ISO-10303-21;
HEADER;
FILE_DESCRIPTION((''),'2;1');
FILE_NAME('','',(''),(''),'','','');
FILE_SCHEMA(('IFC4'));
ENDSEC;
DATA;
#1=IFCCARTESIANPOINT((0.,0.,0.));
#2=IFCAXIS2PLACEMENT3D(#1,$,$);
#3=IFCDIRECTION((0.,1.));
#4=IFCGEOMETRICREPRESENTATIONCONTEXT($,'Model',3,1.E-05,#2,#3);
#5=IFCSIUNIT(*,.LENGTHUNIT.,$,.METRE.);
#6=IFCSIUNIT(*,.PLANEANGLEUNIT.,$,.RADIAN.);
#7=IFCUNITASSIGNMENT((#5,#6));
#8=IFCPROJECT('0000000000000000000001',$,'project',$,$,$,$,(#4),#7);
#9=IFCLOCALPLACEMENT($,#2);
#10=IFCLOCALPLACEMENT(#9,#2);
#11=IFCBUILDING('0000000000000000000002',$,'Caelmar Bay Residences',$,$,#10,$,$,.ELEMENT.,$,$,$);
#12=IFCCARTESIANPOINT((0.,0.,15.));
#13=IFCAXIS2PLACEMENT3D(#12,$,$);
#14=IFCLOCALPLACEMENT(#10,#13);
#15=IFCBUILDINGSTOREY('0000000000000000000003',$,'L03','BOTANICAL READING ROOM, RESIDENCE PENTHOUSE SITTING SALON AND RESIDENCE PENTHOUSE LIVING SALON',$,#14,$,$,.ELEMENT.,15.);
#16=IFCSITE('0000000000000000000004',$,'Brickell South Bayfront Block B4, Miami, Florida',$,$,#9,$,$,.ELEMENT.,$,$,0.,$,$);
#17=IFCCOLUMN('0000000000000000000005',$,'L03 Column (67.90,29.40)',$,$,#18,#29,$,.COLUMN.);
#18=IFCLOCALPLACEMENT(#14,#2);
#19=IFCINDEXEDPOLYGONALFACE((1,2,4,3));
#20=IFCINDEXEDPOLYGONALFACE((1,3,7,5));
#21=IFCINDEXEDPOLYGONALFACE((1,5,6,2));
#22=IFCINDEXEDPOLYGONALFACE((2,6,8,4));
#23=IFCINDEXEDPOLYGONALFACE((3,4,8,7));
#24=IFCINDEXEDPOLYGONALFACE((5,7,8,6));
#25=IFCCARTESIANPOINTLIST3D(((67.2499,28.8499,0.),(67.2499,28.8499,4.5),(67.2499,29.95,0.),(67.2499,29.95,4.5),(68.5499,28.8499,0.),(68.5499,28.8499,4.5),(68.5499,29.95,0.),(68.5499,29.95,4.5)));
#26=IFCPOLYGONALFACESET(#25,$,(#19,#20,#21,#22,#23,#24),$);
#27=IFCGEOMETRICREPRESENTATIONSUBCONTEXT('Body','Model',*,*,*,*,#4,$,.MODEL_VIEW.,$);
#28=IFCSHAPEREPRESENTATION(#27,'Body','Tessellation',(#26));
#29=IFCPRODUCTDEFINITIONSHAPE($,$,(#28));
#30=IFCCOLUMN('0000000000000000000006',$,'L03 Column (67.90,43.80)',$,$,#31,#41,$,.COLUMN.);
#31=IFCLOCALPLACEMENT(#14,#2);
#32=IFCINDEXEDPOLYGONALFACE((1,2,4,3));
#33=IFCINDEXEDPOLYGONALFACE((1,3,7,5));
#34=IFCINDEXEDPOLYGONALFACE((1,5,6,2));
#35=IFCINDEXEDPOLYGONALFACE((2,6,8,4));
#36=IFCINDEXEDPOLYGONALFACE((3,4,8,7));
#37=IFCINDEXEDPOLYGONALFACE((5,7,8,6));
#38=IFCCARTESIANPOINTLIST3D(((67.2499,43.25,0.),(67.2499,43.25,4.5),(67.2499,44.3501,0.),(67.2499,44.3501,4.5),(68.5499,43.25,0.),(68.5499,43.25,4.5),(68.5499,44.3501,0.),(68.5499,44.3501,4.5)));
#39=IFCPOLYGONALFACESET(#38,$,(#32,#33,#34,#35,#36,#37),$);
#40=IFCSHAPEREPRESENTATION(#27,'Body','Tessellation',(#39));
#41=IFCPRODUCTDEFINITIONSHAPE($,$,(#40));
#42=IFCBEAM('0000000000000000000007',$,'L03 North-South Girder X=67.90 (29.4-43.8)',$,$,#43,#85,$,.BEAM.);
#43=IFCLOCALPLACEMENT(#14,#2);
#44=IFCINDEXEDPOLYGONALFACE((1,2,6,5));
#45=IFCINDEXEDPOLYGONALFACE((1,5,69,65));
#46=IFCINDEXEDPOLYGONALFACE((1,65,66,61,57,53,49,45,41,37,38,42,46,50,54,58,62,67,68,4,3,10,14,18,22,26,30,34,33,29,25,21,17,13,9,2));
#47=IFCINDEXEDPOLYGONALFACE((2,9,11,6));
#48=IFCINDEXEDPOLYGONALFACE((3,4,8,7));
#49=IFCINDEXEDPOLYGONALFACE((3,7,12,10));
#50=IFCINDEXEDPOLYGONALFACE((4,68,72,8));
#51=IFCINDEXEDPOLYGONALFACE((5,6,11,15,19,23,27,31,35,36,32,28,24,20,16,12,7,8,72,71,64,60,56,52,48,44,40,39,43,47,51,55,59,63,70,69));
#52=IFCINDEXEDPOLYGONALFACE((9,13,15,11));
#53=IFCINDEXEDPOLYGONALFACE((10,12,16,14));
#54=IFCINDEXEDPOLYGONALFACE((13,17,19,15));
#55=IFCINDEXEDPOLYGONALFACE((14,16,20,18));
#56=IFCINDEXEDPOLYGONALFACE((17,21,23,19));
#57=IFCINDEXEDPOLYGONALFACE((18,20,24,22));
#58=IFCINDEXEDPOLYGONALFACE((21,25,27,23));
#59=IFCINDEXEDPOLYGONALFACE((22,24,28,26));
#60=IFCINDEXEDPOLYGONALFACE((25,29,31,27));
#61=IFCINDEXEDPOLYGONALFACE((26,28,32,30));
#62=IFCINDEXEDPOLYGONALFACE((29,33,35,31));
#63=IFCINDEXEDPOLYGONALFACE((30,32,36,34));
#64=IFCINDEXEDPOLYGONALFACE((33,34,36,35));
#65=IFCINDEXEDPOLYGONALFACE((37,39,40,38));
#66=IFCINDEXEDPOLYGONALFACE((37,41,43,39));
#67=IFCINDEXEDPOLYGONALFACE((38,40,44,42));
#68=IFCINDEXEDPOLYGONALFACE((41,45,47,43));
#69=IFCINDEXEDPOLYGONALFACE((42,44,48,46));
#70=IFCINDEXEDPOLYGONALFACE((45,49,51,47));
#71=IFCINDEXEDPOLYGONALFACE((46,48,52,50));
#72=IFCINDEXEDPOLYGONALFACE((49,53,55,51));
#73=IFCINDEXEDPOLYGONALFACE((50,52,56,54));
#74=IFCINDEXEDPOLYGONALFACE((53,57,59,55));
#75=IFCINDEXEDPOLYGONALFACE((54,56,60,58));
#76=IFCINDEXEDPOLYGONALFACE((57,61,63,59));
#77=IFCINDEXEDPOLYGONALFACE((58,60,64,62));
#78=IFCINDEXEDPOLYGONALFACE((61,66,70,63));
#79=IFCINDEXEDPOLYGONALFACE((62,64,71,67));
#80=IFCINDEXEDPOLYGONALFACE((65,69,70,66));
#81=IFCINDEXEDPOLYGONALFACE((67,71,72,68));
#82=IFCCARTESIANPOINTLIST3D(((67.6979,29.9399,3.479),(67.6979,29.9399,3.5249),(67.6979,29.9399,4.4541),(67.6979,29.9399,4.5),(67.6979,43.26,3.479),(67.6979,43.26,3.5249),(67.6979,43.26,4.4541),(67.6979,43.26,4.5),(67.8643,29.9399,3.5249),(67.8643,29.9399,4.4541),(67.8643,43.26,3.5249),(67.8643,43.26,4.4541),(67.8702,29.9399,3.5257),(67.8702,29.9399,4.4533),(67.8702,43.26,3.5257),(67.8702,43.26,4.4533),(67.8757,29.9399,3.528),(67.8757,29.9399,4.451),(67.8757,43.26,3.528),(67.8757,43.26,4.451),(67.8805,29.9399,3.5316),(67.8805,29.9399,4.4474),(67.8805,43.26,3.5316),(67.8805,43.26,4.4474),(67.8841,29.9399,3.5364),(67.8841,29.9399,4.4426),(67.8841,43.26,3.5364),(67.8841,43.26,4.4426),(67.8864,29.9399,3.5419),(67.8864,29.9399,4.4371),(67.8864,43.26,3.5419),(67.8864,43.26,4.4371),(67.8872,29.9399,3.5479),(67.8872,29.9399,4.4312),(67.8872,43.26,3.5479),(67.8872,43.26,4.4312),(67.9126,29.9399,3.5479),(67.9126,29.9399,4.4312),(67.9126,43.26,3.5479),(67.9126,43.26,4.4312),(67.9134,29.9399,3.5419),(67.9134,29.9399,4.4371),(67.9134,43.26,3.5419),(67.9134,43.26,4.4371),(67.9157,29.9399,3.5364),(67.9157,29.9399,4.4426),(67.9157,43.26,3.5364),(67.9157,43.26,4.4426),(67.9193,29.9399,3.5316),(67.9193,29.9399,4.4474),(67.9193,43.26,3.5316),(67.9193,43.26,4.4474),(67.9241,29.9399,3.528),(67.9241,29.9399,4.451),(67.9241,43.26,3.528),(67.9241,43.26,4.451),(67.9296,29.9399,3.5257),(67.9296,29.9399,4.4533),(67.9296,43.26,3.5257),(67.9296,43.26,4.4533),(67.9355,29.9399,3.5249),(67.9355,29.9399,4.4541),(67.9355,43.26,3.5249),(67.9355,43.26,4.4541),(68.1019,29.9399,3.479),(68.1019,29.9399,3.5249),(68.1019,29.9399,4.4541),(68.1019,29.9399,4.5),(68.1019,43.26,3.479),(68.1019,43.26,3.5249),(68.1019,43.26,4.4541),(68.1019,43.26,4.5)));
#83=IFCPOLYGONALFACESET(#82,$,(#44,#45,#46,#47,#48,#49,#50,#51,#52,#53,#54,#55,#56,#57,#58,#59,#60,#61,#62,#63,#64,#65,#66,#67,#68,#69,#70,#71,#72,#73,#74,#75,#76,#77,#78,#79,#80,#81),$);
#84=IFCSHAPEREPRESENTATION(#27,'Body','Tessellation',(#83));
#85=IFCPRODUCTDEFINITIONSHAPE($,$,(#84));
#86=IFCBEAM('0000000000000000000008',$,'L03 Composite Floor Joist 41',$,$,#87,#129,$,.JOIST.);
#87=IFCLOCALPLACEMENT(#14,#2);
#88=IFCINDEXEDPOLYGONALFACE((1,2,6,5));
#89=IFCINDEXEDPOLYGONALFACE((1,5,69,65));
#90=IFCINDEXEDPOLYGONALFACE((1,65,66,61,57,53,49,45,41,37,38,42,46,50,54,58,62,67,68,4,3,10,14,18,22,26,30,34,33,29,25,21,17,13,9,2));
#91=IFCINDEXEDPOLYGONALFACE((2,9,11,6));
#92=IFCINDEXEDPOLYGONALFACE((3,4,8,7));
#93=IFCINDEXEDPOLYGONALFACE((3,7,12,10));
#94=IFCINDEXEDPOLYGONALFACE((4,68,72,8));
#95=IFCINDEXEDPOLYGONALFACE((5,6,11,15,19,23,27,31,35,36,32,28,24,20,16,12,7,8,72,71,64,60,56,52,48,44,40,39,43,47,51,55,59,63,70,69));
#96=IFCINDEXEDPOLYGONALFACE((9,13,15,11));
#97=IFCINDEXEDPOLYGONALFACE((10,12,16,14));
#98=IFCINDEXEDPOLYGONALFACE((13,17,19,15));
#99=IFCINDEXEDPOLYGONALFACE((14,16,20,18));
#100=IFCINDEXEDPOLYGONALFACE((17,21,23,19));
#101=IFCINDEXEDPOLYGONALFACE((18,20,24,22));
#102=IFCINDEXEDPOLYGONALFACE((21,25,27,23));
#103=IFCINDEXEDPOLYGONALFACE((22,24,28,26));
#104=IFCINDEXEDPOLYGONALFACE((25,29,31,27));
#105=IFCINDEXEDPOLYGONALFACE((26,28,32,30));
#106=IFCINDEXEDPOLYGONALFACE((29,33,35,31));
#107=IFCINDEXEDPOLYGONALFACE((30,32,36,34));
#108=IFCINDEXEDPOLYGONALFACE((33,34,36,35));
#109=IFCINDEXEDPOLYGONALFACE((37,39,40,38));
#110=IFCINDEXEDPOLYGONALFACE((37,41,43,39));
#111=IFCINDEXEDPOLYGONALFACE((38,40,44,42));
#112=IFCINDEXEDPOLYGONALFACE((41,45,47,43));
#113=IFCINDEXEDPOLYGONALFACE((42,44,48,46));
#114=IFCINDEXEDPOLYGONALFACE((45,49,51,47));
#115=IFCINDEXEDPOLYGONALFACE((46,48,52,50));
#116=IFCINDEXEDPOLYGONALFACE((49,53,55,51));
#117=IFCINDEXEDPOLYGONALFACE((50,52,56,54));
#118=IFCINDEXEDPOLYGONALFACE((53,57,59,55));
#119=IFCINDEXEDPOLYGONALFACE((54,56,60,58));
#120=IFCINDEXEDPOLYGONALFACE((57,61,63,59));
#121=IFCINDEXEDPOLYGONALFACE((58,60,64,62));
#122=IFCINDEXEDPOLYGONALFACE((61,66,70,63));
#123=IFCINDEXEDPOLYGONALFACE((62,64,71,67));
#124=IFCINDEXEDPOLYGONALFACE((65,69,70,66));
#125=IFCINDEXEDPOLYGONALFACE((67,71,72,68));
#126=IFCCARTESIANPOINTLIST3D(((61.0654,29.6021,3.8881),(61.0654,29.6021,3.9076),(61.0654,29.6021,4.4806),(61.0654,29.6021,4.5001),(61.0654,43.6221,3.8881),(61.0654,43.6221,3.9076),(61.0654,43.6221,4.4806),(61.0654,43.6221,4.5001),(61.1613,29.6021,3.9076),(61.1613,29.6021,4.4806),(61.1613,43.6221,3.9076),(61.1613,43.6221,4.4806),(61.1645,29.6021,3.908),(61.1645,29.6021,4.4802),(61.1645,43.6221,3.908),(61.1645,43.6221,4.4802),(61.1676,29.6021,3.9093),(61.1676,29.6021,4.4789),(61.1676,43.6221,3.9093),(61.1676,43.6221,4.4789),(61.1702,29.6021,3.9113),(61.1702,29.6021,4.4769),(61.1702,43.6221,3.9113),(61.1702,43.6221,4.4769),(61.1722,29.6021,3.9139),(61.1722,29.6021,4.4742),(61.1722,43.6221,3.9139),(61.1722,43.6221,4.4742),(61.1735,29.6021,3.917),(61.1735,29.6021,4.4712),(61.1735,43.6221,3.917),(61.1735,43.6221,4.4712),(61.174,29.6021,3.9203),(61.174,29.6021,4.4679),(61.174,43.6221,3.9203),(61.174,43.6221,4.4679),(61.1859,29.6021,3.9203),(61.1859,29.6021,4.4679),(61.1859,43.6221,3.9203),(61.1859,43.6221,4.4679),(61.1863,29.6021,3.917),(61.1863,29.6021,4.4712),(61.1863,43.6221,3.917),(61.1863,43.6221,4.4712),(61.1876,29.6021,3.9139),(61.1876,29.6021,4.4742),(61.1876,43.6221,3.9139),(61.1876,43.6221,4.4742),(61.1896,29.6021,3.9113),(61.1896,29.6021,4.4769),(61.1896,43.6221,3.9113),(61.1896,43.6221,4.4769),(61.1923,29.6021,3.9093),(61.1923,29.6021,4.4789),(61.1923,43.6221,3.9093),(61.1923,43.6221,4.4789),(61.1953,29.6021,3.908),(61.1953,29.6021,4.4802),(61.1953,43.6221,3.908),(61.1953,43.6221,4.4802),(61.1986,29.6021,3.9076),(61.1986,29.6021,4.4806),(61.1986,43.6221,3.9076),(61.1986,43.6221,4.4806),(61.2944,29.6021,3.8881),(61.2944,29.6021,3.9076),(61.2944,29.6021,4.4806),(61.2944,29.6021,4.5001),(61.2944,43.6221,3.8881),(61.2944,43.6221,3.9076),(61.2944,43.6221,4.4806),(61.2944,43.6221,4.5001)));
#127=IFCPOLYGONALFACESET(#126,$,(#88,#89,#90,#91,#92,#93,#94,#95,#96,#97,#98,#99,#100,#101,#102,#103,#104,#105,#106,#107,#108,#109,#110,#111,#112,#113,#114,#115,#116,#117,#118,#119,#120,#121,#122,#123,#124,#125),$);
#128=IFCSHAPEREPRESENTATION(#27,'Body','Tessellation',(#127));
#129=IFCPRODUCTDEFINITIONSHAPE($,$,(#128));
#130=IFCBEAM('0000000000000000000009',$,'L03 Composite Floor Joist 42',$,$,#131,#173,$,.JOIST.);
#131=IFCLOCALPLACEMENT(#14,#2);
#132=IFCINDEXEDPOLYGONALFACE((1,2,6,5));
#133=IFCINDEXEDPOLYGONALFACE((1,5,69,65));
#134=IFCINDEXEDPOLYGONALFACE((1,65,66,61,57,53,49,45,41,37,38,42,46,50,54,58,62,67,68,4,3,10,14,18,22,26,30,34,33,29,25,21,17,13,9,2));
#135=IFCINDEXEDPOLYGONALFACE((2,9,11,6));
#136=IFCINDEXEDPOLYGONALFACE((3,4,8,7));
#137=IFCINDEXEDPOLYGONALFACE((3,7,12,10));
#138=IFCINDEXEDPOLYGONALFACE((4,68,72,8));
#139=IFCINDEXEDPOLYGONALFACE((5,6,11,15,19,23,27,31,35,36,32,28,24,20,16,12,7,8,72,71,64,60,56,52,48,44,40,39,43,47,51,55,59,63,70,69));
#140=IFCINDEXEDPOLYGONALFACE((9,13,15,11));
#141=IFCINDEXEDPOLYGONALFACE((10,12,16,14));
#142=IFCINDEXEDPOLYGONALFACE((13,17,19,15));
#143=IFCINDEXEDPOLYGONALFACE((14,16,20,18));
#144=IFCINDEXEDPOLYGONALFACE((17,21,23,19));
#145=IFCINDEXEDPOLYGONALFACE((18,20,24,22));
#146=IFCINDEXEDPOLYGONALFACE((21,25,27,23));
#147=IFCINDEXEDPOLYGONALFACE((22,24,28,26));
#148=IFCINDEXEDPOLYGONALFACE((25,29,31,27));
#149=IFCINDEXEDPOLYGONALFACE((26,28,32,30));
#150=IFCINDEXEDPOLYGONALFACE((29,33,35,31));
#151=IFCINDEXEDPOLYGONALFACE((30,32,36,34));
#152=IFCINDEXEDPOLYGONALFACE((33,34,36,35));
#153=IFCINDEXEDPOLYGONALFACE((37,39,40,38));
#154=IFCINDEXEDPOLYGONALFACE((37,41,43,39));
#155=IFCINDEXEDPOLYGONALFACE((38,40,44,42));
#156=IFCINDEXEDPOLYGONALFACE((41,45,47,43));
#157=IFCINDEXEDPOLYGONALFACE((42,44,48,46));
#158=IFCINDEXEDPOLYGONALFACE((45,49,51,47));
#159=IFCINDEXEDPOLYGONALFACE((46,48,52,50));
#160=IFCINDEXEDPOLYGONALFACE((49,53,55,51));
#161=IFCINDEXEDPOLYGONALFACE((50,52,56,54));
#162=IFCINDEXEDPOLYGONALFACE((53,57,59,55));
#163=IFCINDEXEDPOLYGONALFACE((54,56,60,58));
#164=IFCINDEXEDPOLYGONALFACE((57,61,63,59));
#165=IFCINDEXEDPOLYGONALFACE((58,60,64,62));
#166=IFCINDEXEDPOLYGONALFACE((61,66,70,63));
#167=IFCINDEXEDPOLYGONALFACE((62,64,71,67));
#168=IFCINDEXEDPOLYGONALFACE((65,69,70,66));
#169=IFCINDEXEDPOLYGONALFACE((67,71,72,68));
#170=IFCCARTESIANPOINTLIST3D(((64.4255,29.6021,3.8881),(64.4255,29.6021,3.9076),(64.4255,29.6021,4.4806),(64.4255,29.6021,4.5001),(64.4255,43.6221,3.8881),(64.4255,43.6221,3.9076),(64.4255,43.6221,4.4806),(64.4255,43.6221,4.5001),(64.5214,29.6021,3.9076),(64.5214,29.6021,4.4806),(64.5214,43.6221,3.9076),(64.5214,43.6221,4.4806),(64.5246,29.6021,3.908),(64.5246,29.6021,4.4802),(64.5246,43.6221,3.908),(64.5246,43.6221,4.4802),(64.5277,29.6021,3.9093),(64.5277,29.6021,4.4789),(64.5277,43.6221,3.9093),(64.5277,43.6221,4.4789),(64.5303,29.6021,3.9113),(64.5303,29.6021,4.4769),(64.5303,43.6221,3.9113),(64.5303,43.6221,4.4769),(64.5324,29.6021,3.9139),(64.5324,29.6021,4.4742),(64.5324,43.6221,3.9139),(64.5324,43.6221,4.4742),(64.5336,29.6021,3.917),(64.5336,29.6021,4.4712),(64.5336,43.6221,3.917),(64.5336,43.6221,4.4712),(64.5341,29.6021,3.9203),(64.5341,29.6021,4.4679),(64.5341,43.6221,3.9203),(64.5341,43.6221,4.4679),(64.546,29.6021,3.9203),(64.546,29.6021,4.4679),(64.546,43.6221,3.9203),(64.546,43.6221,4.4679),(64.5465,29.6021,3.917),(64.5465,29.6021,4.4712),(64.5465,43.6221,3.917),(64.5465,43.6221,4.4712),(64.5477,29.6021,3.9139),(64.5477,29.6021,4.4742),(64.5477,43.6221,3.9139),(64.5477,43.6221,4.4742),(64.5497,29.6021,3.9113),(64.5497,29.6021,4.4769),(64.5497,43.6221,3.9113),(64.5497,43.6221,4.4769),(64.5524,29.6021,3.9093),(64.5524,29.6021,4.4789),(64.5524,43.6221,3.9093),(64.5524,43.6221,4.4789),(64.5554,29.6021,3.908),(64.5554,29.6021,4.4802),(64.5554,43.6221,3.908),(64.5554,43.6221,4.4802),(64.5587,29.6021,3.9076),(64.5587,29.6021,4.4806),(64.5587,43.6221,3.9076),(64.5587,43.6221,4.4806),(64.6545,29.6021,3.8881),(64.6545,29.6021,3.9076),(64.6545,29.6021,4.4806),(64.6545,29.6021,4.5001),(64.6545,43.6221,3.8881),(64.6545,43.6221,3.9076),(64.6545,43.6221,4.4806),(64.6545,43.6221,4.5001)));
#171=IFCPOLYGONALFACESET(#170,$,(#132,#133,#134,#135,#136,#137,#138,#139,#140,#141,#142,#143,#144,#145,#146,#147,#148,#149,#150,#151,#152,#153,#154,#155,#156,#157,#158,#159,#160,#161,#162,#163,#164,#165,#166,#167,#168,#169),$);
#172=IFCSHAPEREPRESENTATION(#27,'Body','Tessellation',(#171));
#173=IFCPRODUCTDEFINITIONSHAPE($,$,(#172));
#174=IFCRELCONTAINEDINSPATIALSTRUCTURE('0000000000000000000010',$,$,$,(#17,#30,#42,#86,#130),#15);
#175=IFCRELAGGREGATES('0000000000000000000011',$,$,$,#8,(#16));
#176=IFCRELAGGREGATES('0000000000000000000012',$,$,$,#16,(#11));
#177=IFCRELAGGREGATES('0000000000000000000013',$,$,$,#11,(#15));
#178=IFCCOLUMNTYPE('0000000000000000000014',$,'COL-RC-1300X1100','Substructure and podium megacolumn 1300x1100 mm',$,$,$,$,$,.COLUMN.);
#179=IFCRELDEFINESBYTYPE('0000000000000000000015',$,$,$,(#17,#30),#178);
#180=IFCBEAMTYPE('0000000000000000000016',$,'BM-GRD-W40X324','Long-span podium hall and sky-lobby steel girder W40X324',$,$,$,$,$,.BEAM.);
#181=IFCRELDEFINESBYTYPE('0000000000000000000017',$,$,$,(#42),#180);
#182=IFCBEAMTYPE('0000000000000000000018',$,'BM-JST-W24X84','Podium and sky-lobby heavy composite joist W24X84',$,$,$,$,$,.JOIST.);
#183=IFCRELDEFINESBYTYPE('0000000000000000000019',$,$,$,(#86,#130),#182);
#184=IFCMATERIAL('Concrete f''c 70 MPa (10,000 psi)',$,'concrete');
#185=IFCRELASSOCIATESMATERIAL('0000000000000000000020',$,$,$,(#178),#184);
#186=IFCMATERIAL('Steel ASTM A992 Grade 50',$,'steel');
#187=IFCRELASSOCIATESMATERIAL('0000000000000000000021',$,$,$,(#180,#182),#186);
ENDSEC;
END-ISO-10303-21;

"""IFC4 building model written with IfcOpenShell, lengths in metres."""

from ifc_helpers import new_model, si_unit, direction, frame, origin, origin_2d, place, context, subcontext, project, spatial, rectangle, i_section, extrude, material, material_profile, profile_set, type_object, element, save


model = new_model("IFC4")

# Units and contexts
model_context = context("Model", 3, precision=1e-05, world=origin(), true_north=direction((0.0, 1.0)))
body_context = subcontext(model_context, "Body", "Model", "MODEL_VIEW")
ifc_project = project(units=[si_unit("LENGTHUNIT", "METRE"), si_unit("PLANEANGLEUNIT", "RADIAN")], contexts=[model_context])

# Site, building, storey
site_placement = place(None, origin())
site = spatial("IfcSite", under=ifc_project, at=site_placement, Name="Brickell South Bayfront Block B4, Miami, Florida", CompositionType="ELEMENT", RefElevation=0.0)
building_placement = place(site_placement, origin())
building = spatial("IfcBuilding", under=site, at=building_placement, Name="Caelmar Bay Residences", CompositionType="ELEMENT")
storey_placement = place(building_placement, frame((0.0, 0.0, 15.0)))
storey = spatial("IfcBuildingStorey", under=building, at=storey_placement, Name="L03", Description="BOTANICAL READING ROOM, RESIDENCE PENTHOUSE SITTING SALON AND RESIDENCE PENTHOUSE LIVING SALON", CompositionType="ELEMENT", Elevation=15.0)

# Columns
ifc_material_1 = material(Name="Concrete f'c 70 MPa (10,000 psi)", Category="concrete")
ifc_material_profile_1 = material_profile(ifc_material_1, rectangle(XDim=1.3, YDim=1.1001, at=origin_2d()), Name="RC-COL-1300X1100")
ifc_profile_set_1 = profile_set([ifc_material_profile_1], Name="Concrete f'c 70 MPa (10,000 psi)")
column_type = type_object("IfcColumnType", Name="COL-RC-1300X1100", Description="Substructure and podium megacolumn 1300x1100 mm", PredefinedType="COLUMN", material=ifc_profile_set_1)
for number, where, z_axis, x_axis, name in (
    (1, (67.8999, 29.3999, 0.0), (0.0, 0.0, 1.0), (1.0, 0.0, 0.0), "L03 Column (67.90,29.40)"),
    (2, (67.8999, 43.8, 0.0), (0.0, 0.0, 1.0), (1.0, 0.0, 0.0), "L03 Column (67.90,43.80)"),
):
    element("IfcColumn", number, at=place(storey_placement, frame(where, z_axis=z_axis, x_axis=x_axis)), inside=storey, type_object=column_type, Name=name, PredefinedType="COLUMN", context=body_context, shape_type="SweptSolid", body=[
        extrude(rectangle(XDim=1.3, YDim=1.1001, at=origin_2d()), origin(), (0.0, 0.0, 1.0), 4.5),
    ])

# Beams
ifc_material_2 = material(Name="Steel ASTM A992 Grade 50", Category="steel")
ifc_material_profile_2 = material_profile(ifc_material_2, i_section(OverallWidth=0.4041, OverallDepth=1.021, WebThickness=0.0254, FlangeThickness=0.0459, FilletRadius=0.0229, at=origin_2d()), Name="W40X324")
ifc_profile_set_2 = profile_set([ifc_material_profile_2], Name="Steel ASTM A992 Grade 50")
beam_type_1 = type_object("IfcBeamType", Name="BM-GRD-W40X324", Description="Long-span podium hall and sky-lobby steel girder W40X324", PredefinedType="BEAM", material=ifc_profile_set_2)
beam_1_placement = place(storey_placement, frame((67.8999, 29.9399, 3.9895), z_axis=(0.0, 1.0, 0.0), x_axis=(-1.0, 0.0, 0.0)))
element("IfcBeam", 3, at=beam_1_placement, inside=storey, type_object=beam_type_1, Name="L03 North-South Girder X=67.90 (29.4-43.8)", PredefinedType="BEAM", context=body_context, shape_type="SweptSolid", body=[
    extrude(i_section(OverallWidth=0.4041, OverallDepth=1.021, WebThickness=0.0254, FlangeThickness=0.0459, FilletRadius=0.0229, at=origin_2d()), origin(), (0.0, 0.0, 1.0), 13.3201),
])
ifc_material_profile_3 = material_profile(ifc_material_2, i_section(OverallWidth=0.229, OverallDepth=0.6121, WebThickness=0.012, FlangeThickness=0.0195, FilletRadius=0.0127, at=origin_2d()), Name="W24X84")
ifc_profile_set_3 = profile_set([ifc_material_profile_3], Name="Steel ASTM A992 Grade 50")
beam_type_2 = type_object("IfcBeamType", Name="BM-JST-W24X84", Description="Podium and sky-lobby heavy composite joist W24X84", PredefinedType="JOIST", material=ifc_profile_set_3)
for number, where, z_axis, x_axis, name in (
    (4, (61.1799, 29.6021, 4.1941), (0.0, 1.0, 0.0), (-1.0, 0.0, 0.0), "L03 Composite Floor Joist 41"),
    (5, (64.54, 29.6021, 4.1941), (0.0, 1.0, 0.0), (-1.0, 0.0, 0.0), "L03 Composite Floor Joist 42"),
):
    element("IfcBeam", number, at=place(storey_placement, frame(where, z_axis=z_axis, x_axis=x_axis)), inside=storey, type_object=beam_type_2, Name=name, PredefinedType="JOIST", context=body_context, shape_type="SweptSolid", body=[
        extrude(i_section(OverallWidth=0.229, OverallDepth=0.6121, WebThickness=0.012, FlangeThickness=0.0195, FilletRadius=0.0127, at=origin_2d()), origin(), (0.0, 0.0, 1.0), 14.02),
    ])

save(model, "model.ifc")
